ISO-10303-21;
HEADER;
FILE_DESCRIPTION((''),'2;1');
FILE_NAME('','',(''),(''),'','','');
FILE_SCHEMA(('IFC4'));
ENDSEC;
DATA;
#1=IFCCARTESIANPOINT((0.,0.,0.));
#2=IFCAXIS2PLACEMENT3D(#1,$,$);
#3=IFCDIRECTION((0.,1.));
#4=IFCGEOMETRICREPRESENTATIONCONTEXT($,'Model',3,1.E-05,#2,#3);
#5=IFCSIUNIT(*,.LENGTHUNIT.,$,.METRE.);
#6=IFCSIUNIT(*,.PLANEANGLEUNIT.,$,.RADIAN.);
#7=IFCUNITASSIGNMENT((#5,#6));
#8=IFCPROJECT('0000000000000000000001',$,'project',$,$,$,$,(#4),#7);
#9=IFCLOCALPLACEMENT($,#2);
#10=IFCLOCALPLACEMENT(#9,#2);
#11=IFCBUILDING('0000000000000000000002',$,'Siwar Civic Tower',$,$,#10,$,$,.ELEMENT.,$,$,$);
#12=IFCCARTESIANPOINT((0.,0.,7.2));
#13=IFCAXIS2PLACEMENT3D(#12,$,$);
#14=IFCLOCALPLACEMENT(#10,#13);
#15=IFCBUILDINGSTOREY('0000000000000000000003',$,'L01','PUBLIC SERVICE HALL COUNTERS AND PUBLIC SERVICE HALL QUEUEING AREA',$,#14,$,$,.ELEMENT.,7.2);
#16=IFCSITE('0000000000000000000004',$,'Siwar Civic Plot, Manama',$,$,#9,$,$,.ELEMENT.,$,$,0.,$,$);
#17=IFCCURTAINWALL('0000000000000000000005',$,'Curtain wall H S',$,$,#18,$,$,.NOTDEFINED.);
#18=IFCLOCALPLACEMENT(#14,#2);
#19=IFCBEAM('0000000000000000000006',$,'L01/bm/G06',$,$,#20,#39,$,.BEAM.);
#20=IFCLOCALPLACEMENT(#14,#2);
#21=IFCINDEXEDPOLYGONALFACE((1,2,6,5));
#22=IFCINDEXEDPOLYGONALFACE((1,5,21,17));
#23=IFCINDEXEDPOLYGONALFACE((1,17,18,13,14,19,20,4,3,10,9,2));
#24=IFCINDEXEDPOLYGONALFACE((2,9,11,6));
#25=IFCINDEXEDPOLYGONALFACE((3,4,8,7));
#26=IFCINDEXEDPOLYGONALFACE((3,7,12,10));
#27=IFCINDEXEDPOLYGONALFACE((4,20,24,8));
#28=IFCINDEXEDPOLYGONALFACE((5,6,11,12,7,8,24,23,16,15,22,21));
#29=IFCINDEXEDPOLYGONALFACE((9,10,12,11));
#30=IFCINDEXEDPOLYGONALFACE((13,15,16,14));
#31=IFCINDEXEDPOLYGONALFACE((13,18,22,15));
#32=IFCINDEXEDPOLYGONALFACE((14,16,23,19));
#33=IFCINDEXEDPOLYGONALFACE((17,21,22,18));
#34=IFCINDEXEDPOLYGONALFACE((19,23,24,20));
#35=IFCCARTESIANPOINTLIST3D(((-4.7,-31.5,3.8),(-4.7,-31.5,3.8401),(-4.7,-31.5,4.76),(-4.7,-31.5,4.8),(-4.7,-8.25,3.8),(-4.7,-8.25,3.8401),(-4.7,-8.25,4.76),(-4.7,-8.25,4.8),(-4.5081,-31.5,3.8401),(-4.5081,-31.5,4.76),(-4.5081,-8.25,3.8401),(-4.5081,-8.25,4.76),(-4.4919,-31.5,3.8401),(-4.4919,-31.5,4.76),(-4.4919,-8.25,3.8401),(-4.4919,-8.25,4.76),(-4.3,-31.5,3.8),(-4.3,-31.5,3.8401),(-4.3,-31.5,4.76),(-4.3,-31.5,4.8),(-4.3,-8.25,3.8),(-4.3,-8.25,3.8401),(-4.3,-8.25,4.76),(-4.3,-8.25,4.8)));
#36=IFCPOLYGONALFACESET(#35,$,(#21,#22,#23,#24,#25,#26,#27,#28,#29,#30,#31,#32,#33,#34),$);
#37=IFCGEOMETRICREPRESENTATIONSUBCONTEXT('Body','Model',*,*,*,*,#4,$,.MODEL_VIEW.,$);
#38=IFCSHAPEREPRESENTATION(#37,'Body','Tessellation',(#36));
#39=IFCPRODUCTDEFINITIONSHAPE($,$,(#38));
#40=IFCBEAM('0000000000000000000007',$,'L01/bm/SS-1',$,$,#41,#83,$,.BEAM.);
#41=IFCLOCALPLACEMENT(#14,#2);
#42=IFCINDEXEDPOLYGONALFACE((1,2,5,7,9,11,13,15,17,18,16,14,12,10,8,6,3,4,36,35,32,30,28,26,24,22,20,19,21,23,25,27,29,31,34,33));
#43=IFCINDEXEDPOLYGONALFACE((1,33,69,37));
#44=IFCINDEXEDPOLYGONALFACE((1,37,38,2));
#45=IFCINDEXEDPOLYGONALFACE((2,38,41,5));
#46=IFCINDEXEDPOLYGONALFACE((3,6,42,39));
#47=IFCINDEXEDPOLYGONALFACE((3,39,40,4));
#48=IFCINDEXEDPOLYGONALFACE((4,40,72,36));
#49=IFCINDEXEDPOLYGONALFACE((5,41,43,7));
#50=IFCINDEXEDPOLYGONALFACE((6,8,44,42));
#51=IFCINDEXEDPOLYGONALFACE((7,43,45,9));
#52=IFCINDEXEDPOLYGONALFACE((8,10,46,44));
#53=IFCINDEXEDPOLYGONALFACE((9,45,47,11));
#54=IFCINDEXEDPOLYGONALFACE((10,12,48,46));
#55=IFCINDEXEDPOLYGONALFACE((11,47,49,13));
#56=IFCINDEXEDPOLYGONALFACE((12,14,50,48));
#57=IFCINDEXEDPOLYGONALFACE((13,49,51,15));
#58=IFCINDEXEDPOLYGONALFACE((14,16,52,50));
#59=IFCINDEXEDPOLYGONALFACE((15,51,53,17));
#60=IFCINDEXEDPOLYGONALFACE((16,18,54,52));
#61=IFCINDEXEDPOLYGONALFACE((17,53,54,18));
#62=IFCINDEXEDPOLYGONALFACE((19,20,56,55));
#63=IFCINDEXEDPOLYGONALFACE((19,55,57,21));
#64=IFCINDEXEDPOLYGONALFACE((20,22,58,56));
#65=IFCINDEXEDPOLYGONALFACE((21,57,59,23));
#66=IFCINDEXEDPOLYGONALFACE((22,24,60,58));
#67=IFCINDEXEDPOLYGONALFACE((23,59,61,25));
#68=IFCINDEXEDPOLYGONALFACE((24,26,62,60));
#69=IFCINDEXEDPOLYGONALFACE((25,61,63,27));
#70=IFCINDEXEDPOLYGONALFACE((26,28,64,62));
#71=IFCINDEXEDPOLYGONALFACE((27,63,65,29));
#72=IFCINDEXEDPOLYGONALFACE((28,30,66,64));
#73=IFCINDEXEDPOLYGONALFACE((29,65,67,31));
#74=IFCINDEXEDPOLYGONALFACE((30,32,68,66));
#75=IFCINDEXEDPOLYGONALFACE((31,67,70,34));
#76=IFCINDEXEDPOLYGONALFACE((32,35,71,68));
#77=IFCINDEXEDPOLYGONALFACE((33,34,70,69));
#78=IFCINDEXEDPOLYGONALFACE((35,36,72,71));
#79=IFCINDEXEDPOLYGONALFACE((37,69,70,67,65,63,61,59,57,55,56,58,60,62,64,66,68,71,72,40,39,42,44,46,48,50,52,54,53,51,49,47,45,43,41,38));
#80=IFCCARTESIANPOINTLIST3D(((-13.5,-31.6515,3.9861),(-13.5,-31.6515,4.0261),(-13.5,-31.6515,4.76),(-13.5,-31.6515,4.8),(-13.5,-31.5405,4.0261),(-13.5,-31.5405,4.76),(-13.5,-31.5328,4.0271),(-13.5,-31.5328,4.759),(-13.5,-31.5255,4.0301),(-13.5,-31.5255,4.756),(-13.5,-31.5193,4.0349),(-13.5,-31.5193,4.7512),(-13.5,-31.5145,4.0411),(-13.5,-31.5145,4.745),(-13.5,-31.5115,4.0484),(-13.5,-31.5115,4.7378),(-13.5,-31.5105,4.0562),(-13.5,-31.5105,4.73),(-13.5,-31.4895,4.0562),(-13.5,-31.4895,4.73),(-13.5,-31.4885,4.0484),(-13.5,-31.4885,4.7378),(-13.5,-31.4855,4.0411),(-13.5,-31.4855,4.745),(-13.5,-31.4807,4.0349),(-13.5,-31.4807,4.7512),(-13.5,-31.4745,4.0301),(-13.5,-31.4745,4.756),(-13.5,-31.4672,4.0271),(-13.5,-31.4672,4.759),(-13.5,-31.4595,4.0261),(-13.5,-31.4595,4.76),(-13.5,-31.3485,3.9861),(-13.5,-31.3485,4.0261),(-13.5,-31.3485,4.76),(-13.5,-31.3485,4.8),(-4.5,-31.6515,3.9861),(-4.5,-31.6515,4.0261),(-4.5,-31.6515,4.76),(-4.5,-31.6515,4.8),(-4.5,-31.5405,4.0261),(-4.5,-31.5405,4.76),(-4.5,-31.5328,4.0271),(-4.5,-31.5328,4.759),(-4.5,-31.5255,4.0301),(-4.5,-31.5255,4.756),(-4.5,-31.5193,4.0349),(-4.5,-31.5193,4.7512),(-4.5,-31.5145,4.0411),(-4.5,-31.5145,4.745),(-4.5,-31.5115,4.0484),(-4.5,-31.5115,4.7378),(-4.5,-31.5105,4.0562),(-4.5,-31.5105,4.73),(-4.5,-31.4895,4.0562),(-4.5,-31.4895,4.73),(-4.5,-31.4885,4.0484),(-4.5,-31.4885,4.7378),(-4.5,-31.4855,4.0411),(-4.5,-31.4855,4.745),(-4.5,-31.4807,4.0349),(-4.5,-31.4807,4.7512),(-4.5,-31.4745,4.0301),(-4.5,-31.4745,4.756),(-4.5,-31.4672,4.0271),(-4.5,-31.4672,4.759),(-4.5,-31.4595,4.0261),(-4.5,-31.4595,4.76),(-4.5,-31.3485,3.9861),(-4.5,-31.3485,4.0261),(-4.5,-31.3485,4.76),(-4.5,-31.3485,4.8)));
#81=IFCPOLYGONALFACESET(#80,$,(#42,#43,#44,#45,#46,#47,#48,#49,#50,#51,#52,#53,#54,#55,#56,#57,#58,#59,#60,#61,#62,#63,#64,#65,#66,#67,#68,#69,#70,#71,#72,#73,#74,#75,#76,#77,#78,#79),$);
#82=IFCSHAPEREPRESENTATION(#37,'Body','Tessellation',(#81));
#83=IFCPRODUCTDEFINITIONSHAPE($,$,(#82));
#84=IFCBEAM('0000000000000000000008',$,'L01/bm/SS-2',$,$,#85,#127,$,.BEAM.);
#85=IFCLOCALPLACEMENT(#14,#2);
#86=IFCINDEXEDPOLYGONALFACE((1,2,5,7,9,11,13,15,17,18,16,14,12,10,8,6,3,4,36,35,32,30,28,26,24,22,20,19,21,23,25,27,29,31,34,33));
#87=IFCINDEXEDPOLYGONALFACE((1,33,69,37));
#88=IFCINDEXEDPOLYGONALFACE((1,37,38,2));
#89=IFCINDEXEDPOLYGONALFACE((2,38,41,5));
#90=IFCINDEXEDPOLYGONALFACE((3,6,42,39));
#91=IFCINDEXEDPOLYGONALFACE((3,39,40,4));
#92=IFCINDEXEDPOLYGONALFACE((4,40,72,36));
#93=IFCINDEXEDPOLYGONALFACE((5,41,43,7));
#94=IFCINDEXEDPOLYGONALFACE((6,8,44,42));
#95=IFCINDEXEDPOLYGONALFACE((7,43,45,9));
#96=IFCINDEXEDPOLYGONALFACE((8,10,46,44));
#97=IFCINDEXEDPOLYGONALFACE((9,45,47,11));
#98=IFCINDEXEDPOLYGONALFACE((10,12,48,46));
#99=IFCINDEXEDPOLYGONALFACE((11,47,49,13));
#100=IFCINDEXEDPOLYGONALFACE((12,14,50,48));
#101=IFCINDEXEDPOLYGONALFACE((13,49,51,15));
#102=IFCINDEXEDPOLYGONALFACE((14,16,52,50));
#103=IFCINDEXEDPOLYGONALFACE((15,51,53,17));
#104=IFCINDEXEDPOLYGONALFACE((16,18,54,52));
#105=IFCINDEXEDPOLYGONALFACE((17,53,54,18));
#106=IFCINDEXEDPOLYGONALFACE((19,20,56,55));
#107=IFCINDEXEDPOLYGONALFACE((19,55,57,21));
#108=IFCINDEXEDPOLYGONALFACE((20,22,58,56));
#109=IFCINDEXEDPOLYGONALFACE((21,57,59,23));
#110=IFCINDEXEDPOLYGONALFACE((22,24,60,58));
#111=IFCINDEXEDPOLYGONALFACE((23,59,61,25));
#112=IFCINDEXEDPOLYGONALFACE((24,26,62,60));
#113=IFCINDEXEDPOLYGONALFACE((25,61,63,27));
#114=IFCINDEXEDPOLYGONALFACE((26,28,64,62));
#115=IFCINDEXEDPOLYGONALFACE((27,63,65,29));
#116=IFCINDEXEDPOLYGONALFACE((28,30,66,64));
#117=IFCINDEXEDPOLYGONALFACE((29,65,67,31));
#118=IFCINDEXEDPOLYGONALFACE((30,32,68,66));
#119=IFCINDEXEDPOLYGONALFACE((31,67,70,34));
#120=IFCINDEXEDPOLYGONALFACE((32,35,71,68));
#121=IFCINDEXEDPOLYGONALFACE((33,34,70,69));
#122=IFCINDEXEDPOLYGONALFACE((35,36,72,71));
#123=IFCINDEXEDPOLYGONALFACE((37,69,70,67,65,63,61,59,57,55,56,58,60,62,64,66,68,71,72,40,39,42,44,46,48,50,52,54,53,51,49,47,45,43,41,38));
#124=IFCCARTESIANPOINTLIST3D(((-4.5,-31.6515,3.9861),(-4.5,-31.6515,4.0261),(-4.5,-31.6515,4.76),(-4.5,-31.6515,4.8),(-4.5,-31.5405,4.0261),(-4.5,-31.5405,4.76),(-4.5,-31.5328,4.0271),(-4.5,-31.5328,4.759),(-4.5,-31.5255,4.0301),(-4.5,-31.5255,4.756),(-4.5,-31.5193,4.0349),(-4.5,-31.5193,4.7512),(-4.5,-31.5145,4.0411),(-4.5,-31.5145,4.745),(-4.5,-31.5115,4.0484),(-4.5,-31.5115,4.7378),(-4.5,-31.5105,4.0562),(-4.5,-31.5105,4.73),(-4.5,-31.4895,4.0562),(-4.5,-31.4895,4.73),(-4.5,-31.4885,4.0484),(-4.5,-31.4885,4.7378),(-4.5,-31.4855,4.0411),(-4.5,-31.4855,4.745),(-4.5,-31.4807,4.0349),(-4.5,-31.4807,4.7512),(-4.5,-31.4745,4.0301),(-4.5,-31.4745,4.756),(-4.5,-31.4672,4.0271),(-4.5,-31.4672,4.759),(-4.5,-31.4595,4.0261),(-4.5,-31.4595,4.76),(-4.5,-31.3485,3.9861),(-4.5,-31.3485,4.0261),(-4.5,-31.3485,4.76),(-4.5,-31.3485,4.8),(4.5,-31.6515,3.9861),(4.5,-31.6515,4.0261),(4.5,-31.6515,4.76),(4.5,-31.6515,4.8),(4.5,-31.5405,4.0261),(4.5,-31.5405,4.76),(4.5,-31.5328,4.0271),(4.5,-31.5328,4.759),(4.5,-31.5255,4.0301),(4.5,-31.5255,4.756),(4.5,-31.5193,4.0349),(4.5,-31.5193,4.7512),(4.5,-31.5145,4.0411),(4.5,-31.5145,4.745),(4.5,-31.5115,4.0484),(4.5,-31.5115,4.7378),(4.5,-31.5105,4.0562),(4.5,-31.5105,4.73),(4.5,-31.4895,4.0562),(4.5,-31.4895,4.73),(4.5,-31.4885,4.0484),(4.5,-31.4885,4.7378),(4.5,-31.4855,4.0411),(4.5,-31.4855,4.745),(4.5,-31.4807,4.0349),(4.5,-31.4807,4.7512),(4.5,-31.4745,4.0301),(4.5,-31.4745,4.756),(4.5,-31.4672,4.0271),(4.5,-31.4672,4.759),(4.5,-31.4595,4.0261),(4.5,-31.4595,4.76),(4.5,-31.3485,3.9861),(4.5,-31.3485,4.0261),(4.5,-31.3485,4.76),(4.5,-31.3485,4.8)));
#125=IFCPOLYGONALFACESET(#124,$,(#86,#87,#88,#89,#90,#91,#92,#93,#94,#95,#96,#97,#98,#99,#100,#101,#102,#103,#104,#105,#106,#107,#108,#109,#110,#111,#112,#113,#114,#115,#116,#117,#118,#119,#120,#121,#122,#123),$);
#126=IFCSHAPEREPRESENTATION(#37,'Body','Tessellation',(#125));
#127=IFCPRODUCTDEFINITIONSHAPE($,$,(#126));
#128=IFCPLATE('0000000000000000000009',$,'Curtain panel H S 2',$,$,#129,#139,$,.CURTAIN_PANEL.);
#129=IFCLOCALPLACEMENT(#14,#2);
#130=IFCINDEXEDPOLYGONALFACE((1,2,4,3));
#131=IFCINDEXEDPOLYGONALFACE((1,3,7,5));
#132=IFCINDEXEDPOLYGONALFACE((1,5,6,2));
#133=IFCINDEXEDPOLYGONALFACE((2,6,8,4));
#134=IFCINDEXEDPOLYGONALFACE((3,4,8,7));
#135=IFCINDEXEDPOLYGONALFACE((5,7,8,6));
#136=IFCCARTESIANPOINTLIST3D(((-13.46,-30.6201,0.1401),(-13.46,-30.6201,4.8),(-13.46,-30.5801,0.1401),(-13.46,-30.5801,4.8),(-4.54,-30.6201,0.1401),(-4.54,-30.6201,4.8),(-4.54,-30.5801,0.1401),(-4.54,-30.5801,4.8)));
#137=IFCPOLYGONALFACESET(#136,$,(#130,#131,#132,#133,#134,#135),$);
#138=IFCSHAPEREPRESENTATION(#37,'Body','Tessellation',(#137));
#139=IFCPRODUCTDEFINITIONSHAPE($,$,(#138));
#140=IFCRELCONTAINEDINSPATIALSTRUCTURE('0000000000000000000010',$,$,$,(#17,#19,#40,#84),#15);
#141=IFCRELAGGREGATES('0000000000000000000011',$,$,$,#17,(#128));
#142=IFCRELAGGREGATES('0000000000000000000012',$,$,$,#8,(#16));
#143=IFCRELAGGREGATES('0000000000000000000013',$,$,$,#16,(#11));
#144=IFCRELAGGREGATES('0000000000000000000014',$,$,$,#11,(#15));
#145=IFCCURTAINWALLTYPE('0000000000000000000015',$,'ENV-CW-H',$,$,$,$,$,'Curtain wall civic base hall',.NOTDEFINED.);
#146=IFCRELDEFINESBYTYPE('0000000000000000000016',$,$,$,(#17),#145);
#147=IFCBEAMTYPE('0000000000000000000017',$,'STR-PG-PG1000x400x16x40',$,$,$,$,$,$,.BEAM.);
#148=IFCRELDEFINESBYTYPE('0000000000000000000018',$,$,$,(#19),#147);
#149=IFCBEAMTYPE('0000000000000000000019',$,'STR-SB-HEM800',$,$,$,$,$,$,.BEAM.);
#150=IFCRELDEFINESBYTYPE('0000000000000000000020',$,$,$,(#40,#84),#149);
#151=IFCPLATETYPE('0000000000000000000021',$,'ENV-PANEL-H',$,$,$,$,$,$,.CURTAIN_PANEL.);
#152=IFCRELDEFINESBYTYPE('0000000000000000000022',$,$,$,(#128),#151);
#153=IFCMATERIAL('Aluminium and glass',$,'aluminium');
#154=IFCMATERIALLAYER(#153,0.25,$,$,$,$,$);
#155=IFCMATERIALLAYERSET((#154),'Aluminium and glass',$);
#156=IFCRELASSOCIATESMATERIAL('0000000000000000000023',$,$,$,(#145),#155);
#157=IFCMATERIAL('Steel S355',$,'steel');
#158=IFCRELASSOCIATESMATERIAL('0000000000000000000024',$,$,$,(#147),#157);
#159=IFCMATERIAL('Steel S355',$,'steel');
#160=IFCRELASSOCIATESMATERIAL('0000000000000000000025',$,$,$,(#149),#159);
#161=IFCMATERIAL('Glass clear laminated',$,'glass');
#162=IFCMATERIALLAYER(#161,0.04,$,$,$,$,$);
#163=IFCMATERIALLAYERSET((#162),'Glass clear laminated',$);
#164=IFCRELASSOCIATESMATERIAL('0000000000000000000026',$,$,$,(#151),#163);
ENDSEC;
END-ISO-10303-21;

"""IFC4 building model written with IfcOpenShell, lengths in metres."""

from ifc_helpers import new_model, si_unit, direction, frame, origin, origin_2d, place, context, subcontext, project, spatial, rectangle, i_section, extrude, material, layer, layer_set, material_profile, profile_set, type_object, element, aggregate, save


model = new_model("IFC4")

# Units and contexts
model_context = context("Model", 3, precision=1e-05, world=origin(), true_north=direction((0.0, 1.0)))
body_context = subcontext(model_context, "Body", "Model", "MODEL_VIEW")
ifc_project = project(units=[si_unit("LENGTHUNIT", "METRE"), si_unit("PLANEANGLEUNIT", "RADIAN")], contexts=[model_context])

# Site, building, storey
site_placement = place(None, origin())
site = spatial("IfcSite", under=ifc_project, at=site_placement, Name="Siwar Civic Plot, Manama", CompositionType="ELEMENT", RefElevation=0.0)
building_placement = place(site_placement, origin())
building = spatial("IfcBuilding", under=site, at=building_placement, Name="Siwar Civic Tower", CompositionType="ELEMENT")
storey_placement = place(building_placement, frame((0.0, 0.0, 7.2)))
storey = spatial("IfcBuildingStorey", under=building, at=storey_placement, Name="L01", Description="PUBLIC SERVICE HALL COUNTERS AND PUBLIC SERVICE HALL QUEUEING AREA", CompositionType="ELEMENT", Elevation=7.2)

# Curtain wall
ifc_material_1 = material(Name="Aluminium and glass", Category="aluminium")
ifc_layer_1 = layer(ifc_material_1, 0.25)
ifc_layer_set_1 = layer_set([ifc_layer_1], Name="Aluminium and glass")
curtain_wall_type = type_object("IfcCurtainWallType", Name="ENV-CW-H", ElementType="Curtain wall civic base hall", PredefinedType="NOTDEFINED", material=ifc_layer_set_1)
curtain_wall_placement = place(storey_placement, origin())
curtain_wall = element("IfcCurtainWall", 1, at=curtain_wall_placement, inside=storey, type_object=curtain_wall_type, Name="Curtain wall H S", PredefinedType="NOTDEFINED")

# Beams
ifc_material_2 = material(Name="Steel S355", Category="steel")
ifc_material_profile_1 = material_profile(ifc_material_2, i_section(OverallWidth=0.3999, OverallDepth=1.0, WebThickness=0.0161, FlangeThickness=0.04, at=origin_2d()), Name="PG1000x400x16x40")
ifc_profile_set_1 = profile_set([ifc_material_profile_1], Name="Steel S355")
beam_type_1 = type_object("IfcBeamType", Name="STR-PG-PG1000x400x16x40", PredefinedType="BEAM", material=ifc_profile_set_1)
beam_1_placement = place(storey_placement, frame((-4.5, -31.5, 4.3), z_axis=(0.0, 1.0, 0.0), x_axis=(-1.0, 0.0, 0.0)))
element("IfcBeam", 2, at=beam_1_placement, inside=storey, type_object=beam_type_1, Name="L01/bm/G06", PredefinedType="BEAM", context=body_context, shape_type="SweptSolid", body=[
    extrude(i_section(OverallWidth=0.3999, OverallDepth=1.0, WebThickness=0.0161, FlangeThickness=0.04, at=origin_2d()), origin(), (0.0, 0.0, 1.0), 23.25),
])
ifc_material_3 = material(Name="Steel S355", Category="steel")
ifc_material_profile_2 = material_profile(ifc_material_3, i_section(OverallWidth=0.303, OverallDepth=0.814, WebThickness=0.021, FlangeThickness=0.04, FilletRadius=0.03, at=origin_2d()), Name="HEM800")
ifc_profile_set_2 = profile_set([ifc_material_profile_2], Name="Steel S355")
beam_type_2 = type_object("IfcBeamType", Name="STR-SB-HEM800", PredefinedType="BEAM", material=ifc_profile_set_2)
for number, where, z_axis, x_axis, name in (
    (3, (-13.5, -31.5, 4.3931), (1.0, 0.0, 0.0), (0.0, 1.0, 0.0), "L01/bm/SS-1"),
    (4, (-4.5, -31.5, 4.3931), (1.0, 0.0, 0.0), (0.0, 1.0, 0.0), "L01/bm/SS-2"),
):
    element("IfcBeam", number, at=place(storey_placement, frame(where, z_axis=z_axis, x_axis=x_axis)), inside=storey, type_object=beam_type_2, Name=name, PredefinedType="BEAM", context=body_context, shape_type="SweptSolid", body=[
        extrude(i_section(OverallWidth=0.303, OverallDepth=0.814, WebThickness=0.021, FlangeThickness=0.04, FilletRadius=0.03, at=origin_2d()), origin(), (0.0, 0.0, 1.0), 9.0),
    ])

# Plate
ifc_material_4 = material(Name="Glass clear laminated", Category="glass")
ifc_layer_2 = layer(ifc_material_4, 0.04)
ifc_layer_set_2 = layer_set([ifc_layer_2], Name="Glass clear laminated")
plate_type = type_object("IfcPlateType", Name="ENV-PANEL-H", PredefinedType="CURTAIN_PANEL", material=ifc_layer_set_2)
plate_placement = place(storey_placement, frame((-9.0, -30.6001, 0.1401), z_axis=(0.0, 0.0, 1.0), x_axis=(1.0, 0.0, 0.0)))
plate = element("IfcPlate", 5, at=plate_placement, type_object=plate_type, Name="Curtain panel H S 2", PredefinedType="CURTAIN_PANEL", context=body_context, shape_type="SweptSolid", body=[
    extrude(rectangle(XDim=8.9199, YDim=0.04, at=origin_2d()), origin(), (0.0, 0.0, 1.0), 4.6599),
])
aggregate(curtain_wall, [plate])

save(model, "model.ifc")
